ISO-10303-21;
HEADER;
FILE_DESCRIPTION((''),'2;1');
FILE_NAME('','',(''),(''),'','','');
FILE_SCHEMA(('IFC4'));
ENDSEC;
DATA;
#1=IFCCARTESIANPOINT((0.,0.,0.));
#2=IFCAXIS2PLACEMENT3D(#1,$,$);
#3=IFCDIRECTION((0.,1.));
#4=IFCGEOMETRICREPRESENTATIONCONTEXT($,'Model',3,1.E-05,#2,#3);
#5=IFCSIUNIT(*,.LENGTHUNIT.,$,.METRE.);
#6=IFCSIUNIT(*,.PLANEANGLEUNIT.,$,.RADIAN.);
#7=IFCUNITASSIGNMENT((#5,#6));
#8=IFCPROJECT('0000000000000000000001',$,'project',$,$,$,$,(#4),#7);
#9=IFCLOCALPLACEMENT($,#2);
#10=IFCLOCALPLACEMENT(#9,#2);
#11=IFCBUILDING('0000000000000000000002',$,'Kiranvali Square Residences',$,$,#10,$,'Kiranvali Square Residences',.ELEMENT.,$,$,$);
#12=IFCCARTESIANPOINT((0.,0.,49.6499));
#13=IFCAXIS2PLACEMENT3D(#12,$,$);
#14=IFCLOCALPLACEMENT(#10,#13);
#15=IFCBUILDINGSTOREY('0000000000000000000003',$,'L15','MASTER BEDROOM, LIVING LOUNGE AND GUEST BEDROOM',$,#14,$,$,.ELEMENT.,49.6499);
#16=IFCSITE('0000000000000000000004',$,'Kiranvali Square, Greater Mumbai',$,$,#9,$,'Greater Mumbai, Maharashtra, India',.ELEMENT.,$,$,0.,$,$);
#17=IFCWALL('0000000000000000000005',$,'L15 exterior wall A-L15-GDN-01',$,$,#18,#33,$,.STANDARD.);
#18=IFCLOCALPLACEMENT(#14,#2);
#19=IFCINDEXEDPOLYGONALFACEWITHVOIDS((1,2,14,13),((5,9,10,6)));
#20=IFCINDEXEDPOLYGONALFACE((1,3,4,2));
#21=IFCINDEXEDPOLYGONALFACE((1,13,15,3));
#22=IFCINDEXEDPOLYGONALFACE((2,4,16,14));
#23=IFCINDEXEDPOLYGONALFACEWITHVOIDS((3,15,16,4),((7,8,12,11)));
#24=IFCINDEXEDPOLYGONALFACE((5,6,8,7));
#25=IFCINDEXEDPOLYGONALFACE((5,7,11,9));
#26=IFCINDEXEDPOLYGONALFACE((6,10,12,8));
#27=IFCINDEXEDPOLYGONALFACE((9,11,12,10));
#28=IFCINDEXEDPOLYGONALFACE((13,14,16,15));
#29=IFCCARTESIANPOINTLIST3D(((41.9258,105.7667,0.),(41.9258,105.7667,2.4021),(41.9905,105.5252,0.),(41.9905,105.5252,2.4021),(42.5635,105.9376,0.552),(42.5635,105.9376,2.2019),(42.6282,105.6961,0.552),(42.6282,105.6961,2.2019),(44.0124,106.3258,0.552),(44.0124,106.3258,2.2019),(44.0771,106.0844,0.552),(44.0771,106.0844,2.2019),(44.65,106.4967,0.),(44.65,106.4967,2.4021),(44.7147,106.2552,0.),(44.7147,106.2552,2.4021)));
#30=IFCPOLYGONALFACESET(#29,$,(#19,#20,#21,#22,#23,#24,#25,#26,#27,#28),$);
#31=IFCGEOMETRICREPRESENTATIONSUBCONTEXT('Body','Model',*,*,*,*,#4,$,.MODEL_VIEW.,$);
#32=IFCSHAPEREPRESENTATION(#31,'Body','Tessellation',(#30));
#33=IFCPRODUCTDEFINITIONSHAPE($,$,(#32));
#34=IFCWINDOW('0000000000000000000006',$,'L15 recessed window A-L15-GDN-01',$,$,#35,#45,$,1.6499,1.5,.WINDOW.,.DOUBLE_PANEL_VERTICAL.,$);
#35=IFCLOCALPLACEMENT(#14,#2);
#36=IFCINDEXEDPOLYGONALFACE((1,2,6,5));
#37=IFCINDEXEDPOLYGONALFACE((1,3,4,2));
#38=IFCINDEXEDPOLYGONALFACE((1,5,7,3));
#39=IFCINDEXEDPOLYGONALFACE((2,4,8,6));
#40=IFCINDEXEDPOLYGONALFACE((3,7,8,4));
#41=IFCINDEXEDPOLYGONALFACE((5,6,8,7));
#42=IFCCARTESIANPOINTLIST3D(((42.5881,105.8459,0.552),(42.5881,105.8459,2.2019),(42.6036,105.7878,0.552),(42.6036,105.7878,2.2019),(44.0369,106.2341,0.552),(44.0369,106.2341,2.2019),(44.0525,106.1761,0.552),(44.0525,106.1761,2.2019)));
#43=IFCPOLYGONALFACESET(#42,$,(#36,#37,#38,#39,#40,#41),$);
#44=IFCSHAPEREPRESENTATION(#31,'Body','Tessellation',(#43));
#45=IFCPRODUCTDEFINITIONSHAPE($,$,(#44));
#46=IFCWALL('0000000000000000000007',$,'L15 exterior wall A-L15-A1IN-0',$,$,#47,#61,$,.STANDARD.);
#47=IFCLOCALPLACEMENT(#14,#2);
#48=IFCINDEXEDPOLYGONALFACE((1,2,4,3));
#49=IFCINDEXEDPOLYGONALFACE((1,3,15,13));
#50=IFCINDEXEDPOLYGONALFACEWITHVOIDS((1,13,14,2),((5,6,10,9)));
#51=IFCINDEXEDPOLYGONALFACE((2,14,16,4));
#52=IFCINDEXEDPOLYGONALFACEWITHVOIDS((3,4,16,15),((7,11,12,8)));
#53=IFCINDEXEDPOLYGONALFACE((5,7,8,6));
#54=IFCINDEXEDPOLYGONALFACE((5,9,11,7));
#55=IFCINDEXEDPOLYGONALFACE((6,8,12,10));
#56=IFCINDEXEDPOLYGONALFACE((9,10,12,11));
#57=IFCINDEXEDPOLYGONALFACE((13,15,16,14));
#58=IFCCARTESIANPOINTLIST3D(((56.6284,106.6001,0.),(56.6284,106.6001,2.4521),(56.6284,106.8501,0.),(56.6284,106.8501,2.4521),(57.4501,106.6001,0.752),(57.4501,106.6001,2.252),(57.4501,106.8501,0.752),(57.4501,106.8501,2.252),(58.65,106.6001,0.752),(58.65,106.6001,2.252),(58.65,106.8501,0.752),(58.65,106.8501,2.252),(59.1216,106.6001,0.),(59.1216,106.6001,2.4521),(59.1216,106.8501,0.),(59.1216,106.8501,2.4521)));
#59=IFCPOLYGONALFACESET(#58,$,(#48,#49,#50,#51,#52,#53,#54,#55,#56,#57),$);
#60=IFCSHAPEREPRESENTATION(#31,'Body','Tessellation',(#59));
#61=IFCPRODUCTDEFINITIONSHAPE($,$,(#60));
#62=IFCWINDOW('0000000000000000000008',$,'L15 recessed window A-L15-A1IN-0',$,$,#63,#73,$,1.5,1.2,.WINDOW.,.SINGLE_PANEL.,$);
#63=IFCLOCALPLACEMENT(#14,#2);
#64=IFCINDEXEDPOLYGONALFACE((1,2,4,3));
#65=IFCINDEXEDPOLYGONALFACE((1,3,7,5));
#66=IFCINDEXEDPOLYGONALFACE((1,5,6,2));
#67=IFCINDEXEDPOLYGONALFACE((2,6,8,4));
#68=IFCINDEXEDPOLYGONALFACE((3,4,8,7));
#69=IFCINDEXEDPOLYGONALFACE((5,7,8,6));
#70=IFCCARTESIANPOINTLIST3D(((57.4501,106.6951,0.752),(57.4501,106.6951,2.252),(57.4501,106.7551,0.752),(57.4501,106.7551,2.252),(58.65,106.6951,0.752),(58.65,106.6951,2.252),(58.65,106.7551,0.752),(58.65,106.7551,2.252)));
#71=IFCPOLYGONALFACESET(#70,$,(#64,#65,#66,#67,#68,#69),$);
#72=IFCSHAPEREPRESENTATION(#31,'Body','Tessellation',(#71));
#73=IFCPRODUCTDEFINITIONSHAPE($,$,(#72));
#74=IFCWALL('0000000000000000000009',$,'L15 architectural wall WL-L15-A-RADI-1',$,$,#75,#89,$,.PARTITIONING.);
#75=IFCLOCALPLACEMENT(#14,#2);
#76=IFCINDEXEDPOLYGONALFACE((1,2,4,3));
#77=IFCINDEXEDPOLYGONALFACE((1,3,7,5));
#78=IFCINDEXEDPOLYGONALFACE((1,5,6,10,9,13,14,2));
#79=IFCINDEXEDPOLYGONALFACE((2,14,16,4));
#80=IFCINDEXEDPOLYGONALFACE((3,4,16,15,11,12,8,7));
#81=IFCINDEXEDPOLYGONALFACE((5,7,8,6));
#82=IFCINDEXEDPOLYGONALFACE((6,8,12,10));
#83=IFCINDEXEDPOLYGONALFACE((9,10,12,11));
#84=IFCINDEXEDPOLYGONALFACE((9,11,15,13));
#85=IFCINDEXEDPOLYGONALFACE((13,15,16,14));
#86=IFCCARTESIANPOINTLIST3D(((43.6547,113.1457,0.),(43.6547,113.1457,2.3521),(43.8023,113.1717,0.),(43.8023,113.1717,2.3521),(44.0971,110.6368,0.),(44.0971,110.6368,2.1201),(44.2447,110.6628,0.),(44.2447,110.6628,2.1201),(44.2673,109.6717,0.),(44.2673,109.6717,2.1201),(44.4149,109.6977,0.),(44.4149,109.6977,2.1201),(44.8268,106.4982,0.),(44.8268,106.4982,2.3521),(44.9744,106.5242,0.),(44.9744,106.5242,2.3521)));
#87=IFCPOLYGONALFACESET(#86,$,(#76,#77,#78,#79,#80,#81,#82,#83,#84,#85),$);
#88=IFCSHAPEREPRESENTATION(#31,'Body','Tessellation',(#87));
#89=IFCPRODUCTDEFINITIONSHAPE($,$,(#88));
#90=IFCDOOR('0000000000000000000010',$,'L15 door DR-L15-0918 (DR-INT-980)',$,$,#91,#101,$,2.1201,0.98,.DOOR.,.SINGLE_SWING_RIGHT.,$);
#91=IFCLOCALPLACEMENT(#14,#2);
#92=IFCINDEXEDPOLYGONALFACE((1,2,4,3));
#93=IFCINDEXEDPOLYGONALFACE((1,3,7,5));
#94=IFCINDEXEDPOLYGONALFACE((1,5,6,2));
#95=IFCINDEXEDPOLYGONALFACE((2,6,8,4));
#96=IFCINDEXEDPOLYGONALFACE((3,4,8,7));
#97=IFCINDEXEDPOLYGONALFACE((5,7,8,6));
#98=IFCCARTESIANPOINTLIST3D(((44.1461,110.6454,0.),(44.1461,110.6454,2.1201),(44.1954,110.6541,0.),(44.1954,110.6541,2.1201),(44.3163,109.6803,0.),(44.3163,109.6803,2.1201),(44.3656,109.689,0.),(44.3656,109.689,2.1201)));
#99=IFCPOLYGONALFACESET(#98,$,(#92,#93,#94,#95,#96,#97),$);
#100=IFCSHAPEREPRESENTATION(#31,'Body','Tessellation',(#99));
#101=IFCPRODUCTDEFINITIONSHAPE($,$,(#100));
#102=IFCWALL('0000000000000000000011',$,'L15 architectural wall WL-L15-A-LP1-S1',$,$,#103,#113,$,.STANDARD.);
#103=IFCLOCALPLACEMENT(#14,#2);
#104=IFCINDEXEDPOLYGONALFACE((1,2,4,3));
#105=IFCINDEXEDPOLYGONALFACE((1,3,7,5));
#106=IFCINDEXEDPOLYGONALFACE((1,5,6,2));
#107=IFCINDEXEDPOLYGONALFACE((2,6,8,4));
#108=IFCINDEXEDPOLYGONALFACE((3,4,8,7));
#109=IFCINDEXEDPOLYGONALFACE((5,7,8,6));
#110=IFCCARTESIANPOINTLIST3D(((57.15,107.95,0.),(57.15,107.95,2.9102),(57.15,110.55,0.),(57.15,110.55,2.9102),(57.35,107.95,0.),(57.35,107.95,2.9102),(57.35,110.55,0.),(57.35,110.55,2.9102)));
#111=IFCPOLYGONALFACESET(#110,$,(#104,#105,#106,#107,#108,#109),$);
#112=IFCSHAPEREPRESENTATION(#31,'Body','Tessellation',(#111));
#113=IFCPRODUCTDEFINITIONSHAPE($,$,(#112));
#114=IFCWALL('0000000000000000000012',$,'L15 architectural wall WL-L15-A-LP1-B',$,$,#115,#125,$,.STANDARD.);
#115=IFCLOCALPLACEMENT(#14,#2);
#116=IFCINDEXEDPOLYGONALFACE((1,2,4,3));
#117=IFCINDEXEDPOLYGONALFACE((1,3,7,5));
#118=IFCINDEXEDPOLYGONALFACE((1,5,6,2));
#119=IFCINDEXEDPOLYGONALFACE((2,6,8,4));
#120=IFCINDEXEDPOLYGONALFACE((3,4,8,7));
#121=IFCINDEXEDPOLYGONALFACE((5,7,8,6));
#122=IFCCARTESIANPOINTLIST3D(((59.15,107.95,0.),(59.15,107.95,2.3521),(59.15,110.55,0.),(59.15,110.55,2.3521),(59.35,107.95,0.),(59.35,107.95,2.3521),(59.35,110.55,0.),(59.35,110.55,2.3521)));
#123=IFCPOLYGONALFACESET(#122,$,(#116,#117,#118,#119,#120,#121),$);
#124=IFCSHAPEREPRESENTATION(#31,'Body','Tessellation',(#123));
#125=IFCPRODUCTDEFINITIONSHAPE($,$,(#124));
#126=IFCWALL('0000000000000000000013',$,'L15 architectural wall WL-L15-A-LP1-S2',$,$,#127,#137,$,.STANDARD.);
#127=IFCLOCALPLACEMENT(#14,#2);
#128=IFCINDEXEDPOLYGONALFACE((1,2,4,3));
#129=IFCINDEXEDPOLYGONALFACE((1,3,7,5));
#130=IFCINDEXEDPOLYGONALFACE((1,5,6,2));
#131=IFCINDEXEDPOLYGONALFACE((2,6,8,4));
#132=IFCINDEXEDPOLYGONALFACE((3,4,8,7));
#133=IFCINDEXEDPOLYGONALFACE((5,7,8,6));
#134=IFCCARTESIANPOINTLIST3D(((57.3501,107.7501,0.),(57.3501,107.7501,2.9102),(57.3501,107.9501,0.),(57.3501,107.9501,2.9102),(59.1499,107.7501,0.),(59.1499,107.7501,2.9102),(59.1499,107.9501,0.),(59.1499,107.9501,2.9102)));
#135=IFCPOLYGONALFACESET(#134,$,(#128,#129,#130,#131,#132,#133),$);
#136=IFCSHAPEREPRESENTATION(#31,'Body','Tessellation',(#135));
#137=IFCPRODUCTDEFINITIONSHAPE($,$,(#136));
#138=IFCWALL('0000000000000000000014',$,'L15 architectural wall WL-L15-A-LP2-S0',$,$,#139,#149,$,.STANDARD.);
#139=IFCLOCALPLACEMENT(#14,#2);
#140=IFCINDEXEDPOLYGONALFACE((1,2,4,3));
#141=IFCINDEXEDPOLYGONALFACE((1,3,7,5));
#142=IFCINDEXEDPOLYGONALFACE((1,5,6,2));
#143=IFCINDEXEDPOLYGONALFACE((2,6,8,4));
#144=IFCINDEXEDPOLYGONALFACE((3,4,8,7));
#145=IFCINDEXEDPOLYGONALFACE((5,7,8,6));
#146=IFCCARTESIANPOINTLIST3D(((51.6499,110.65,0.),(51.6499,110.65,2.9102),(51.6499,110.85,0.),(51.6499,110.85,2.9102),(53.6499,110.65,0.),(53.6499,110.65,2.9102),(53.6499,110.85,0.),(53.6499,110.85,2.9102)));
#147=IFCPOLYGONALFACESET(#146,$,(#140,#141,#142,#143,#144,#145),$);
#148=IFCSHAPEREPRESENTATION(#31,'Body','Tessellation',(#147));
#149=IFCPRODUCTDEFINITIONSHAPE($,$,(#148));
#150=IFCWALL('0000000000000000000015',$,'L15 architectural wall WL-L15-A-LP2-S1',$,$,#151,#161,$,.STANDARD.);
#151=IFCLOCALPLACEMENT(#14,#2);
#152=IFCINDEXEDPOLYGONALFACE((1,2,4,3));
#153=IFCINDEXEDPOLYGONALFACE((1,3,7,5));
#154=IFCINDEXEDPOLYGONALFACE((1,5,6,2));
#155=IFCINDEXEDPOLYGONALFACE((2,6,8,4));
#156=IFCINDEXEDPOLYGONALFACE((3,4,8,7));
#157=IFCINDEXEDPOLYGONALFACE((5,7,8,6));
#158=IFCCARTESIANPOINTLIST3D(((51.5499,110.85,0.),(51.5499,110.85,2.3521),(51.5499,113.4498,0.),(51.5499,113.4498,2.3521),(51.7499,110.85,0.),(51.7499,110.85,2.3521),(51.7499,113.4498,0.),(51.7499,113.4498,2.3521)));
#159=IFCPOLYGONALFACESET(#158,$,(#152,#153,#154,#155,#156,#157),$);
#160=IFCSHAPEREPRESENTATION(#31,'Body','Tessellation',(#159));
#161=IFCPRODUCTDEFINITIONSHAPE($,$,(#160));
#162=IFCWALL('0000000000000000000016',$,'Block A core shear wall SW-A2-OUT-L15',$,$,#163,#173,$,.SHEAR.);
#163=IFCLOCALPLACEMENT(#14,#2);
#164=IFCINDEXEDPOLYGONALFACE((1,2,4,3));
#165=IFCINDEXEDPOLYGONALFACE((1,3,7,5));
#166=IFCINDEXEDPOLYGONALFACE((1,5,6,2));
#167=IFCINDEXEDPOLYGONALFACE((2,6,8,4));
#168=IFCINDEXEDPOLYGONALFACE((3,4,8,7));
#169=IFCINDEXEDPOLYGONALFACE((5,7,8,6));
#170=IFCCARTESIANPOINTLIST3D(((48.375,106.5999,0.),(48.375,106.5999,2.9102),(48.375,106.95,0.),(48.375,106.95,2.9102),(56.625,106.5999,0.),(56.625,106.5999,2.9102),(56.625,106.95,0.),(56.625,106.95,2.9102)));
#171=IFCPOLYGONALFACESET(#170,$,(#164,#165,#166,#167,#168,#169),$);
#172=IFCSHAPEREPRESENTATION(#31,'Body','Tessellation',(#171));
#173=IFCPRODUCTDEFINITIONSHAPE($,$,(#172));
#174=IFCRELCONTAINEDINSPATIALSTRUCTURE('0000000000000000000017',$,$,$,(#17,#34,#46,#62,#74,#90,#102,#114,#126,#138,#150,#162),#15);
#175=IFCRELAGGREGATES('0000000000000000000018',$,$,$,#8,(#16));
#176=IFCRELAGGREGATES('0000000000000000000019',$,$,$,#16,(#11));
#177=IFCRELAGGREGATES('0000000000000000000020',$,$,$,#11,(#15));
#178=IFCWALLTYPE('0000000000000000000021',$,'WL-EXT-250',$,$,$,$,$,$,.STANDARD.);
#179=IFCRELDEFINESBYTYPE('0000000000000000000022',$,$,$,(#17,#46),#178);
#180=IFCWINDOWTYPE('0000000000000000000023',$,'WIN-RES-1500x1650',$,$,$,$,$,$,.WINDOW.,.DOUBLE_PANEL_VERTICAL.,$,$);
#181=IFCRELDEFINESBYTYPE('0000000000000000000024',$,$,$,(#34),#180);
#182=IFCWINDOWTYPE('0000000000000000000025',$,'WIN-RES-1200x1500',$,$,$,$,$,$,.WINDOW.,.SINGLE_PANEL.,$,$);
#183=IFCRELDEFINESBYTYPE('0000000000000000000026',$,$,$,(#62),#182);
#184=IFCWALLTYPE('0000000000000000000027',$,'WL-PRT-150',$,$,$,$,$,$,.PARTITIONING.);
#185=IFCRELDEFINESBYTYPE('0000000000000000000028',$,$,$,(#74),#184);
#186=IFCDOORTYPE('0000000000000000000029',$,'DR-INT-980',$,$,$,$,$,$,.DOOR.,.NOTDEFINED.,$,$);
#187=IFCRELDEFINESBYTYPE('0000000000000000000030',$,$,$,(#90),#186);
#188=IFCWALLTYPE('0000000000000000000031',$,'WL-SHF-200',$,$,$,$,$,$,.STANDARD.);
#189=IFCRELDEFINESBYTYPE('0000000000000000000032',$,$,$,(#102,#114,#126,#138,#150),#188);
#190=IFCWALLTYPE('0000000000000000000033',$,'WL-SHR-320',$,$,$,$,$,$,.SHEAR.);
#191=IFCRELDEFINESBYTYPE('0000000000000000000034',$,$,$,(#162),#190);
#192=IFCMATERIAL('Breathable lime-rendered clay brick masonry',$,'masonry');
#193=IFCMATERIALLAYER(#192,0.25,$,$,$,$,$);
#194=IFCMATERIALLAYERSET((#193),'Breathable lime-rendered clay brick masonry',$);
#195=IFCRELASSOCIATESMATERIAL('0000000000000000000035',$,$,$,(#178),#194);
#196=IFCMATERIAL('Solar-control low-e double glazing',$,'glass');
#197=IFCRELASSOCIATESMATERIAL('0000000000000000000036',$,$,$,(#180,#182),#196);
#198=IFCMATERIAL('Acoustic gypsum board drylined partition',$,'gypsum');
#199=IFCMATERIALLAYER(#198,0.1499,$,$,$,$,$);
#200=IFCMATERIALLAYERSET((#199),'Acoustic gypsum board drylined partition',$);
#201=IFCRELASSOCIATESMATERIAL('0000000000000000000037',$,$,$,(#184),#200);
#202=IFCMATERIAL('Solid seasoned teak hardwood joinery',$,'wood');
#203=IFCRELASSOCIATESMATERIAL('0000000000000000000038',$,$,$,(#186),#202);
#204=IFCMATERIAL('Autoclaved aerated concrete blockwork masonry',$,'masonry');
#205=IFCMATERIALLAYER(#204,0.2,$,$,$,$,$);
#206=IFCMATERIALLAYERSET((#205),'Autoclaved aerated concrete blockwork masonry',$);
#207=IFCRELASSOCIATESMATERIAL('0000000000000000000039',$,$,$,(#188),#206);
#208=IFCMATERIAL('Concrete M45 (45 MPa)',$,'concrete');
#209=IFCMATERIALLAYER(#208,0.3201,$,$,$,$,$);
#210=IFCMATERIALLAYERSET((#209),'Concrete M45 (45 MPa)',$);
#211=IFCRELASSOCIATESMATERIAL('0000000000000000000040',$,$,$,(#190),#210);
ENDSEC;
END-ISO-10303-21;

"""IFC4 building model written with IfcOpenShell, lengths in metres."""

from ifc_helpers import new_model, si_unit, direction, frame, frame_2d, origin, place, context, subcontext, project, spatial, rectangle, extrude, material, layer, layer_set, type_object, element, fill, save


model = new_model("IFC4")

# Units and contexts
model_context = context("Model", 3, precision=1e-05, world=origin(), true_north=direction((0.0, 1.0)))
body_context = subcontext(model_context, "Body", "Model", "MODEL_VIEW")
ifc_project = project(units=[si_unit("LENGTHUNIT", "METRE"), si_unit("PLANEANGLEUNIT", "RADIAN")], contexts=[model_context])

# Site, building, storey
site_placement = place(None, origin())
site = spatial("IfcSite", under=ifc_project, at=site_placement, Name="Kiranvali Square, Greater Mumbai", LongName="Greater Mumbai, Maharashtra, India", CompositionType="ELEMENT", RefElevation=0.0)
building_placement = place(site_placement, origin())
building = spatial("IfcBuilding", under=site, at=building_placement, Name="Kiranvali Square Residences", LongName="Kiranvali Square Residences", CompositionType="ELEMENT")
storey_placement = place(building_placement, frame((0.0, 0.0, 49.6499)))
storey = spatial("IfcBuildingStorey", under=building, at=storey_placement, Name="L15", Description="MASTER BEDROOM, LIVING LOUNGE AND GUEST BEDROOM", CompositionType="ELEMENT", Elevation=49.6499)

# Shared definitions
ifc_material_1 = material(Name="Autoclaved aerated concrete blockwork masonry", Category="masonry")

# Walls, openings, windows
ifc_material_2 = material(Name="Breathable lime-rendered clay brick masonry", Category="masonry")
ifc_layer_1 = layer(ifc_material_2, 0.25)
ifc_layer_set_1 = layer_set([ifc_layer_1], Name="Breathable lime-rendered clay brick masonry")
wall_type_1 = type_object("IfcWallType", Name="WL-EXT-250", PredefinedType="STANDARD", material=ifc_layer_set_1)
ifc_material_3 = material(Name="Solar-control low-e double glazing", Category="glass")
wall_1_placement = place(storey_placement, frame((44.6824, 106.376, 0.0), z_axis=(0.0, 0.0, 1.0), x_axis=(-0.965921, -0.258837, 0.0)))
wall_1 = element("IfcWall", 1, at=wall_1_placement, inside=storey, type_object=wall_type_1, Name="L15 exterior wall A-L15-GDN-01", PredefinedType="STANDARD", context=body_context, shape_type="SweptSolid", body=[
    extrude(rectangle(XDim=2.8203, YDim=0.25, at=frame_2d((1.4102, 0.0))), origin(), (0.0, 0.0, 1.0), 2.4021),
])
opening_1_placement = place(wall_1_placement, frame((0.6602, 0.0, 0.552)))
opening_1 = element("IfcOpeningElement", 2, at=opening_1_placement, cuts=wall_1, PredefinedType="OPENING", context=body_context, shape_type="SweptSolid", body=[
    extrude(rectangle(XDim=1.5, YDim=1.6499, at=frame_2d((0.75, 0.825))), frame((0.0, 0.135, 0.0), z_axis=(0.0, -1.0, 0.0), x_axis=(1.0, 0.0, 0.0)), (0.0, 0.0, 1.0), 0.27),
])
window_type_1 = type_object("IfcWindowType", Name="WIN-RES-1500x1650", PartitioningType="DOUBLE_PANEL_VERTICAL", PredefinedType="WINDOW", material=ifc_material_3)
window_1_placement = place(opening_1_placement, origin())
window_1 = element("IfcWindow", 3, at=window_1_placement, inside=storey, type_object=window_type_1, Name="L15 recessed window A-L15-GDN-01", OverallHeight=1.6499, OverallWidth=1.5, PartitioningType="DOUBLE_PANEL_VERTICAL", PredefinedType="WINDOW", context=body_context, shape_type="SweptSolid", body=[
    extrude(rectangle(XDim=1.5, YDim=1.6499, at=frame_2d((0.75, 0.825))), frame((0.0, 0.03, 0.0), z_axis=(0.0, -1.0, 0.0), x_axis=(1.0, 0.0, 0.0)), (0.0, 0.0, 1.0), 0.0601),
])
fill(opening_1, window_1)
wall_2_placement = place(storey_placement, frame((56.6284, 106.7251, 0.0), z_axis=(0.0, 0.0, 1.0), x_axis=(1.0, 0.0, 0.0)))
wall_2 = element("IfcWall", 4, at=wall_2_placement, inside=storey, type_object=wall_type_1, Name="L15 exterior wall A-L15-A1IN-0", PredefinedType="STANDARD", context=body_context, shape_type="SweptSolid", body=[
    extrude(rectangle(XDim=2.4932, YDim=0.25, at=frame_2d((1.2466, 0.0))), origin(), (0.0, 0.0, 1.0), 2.4521),
])
opening_2_placement = place(wall_2_placement, frame((0.8215, 0.0, 0.752)))
opening_2 = element("IfcOpeningElement", 5, at=opening_2_placement, cuts=wall_2, PredefinedType="OPENING", context=body_context, shape_type="SweptSolid", body=[
    extrude(rectangle(XDim=1.2, YDim=1.5, at=frame_2d((0.6001, 0.75))), frame((0.0, 0.135, 0.0), z_axis=(0.0, -1.0, 0.0), x_axis=(1.0, 0.0, 0.0)), (0.0, 0.0, 1.0), 0.27),
])
window_type_2 = type_object("IfcWindowType", Name="WIN-RES-1200x1500", PartitioningType="SINGLE_PANEL", PredefinedType="WINDOW", material=ifc_material_3)
window_2_placement = place(opening_2_placement, origin())
window_2 = element("IfcWindow", 6, at=window_2_placement, inside=storey, type_object=window_type_2, Name="L15 recessed window A-L15-A1IN-0", OverallHeight=1.5, OverallWidth=1.2, PartitioningType="SINGLE_PANEL", PredefinedType="WINDOW", context=body_context, shape_type="SweptSolid", body=[
    extrude(rectangle(XDim=1.2, YDim=1.5, at=frame_2d((0.6001, 0.75))), frame((0.0, 0.03, 0.0), z_axis=(0.0, -1.0, 0.0), x_axis=(1.0, 0.0, 0.0)), (0.0, 0.0, 1.0), 0.0601),
])
fill(opening_2, window_2)

# Wall, opening, door
ifc_material_4 = material(Name="Acoustic gypsum board drylined partition", Category="gypsum")
ifc_layer_2 = layer(ifc_material_4, 0.1499)
ifc_layer_set_2 = layer_set([ifc_layer_2], Name="Acoustic gypsum board drylined partition")
wall_type_2 = type_object("IfcWallType", Name="WL-PRT-150", PredefinedType="PARTITIONING", material=ifc_layer_set_2)
wall_3_placement = place(storey_placement, frame((44.9006, 106.5112, 0.0), z_axis=(0.0, 0.0, 1.0), x_axis=(-0.173647, 0.984808, 0.0)))
wall_3 = element("IfcWall", 7, at=wall_3_placement, inside=storey, type_object=wall_type_2, Name="L15 architectural wall WL-L15-A-RADI-1", PredefinedType="PARTITIONING", context=body_context, shape_type="SweptSolid", body=[
    extrude(rectangle(XDim=6.75, YDim=0.1499, at=frame_2d((3.375, 0.0))), origin(), (0.0, 0.0, 1.0), 2.3521),
])
opening_3_placement = place(wall_3_placement, frame((3.2224, 0.0, 0.0)))
opening_3 = element("IfcOpeningElement", 8, at=opening_3_placement, cuts=wall_3, PredefinedType="OPENING", context=body_context, shape_type="SweptSolid", body=[
    extrude(rectangle(XDim=0.98, YDim=2.1201, at=frame_2d((0.49, 1.0601))), frame((0.0, 0.085, 0.0), z_axis=(0.0, -1.0, 0.0), x_axis=(1.0, 0.0, 0.0)), (0.0, 0.0, 1.0), 0.1699),
])
ifc_material_5 = material(Name="Solid seasoned teak hardwood joinery", Category="wood")
door_type_1 = type_object("IfcDoorType", Name="DR-INT-980", OperationType="NOTDEFINED", PredefinedType="DOOR", material=ifc_material_5)
door_1_placement = place(opening_3_placement, frame((0.98, 0.0, 0.0), z_axis=(0.0, 0.0, 1.0), x_axis=(-1.0, 0.0, 0.0)))
door_1 = element("IfcDoor", 9, at=door_1_placement, inside=storey, type_object=door_type_1, Name="L15 door DR-L15-0918 (DR-INT-980)", OperationType="SINGLE_SWING_RIGHT", OverallHeight=2.1201, OverallWidth=0.98, PredefinedType="DOOR", context=body_context, shape_type="SweptSolid", body=[
    extrude(rectangle(XDim=0.98, YDim=2.1201, at=frame_2d((0.49, 1.0601))), frame((0.0, 0.0249, 0.0), z_axis=(0.0, -1.0, 0.0), x_axis=(1.0, 0.0, 0.0)), (0.0, 0.0, 1.0), 0.05),
])
fill(opening_3, door_1)

# Walls
ifc_layer_3 = layer(ifc_material_1, 0.2)
ifc_layer_set_3 = layer_set([ifc_layer_3], Name="Autoclaved aerated concrete blockwork masonry")
wall_type_3 = type_object("IfcWallType", Name="WL-SHF-200", PredefinedType="STANDARD", material=ifc_layer_set_3)
wall_4_placement = place(storey_placement, frame((57.25, 107.95, 0.0), z_axis=(0.0, 0.0, 1.0), x_axis=(0.0, 1.0, 0.0)))
element("IfcWall", 10, at=wall_4_placement, inside=storey, type_object=wall_type_3, Name="L15 architectural wall WL-L15-A-LP1-S1", PredefinedType="STANDARD", context=body_context, shape_type="SweptSolid", body=[
    extrude(rectangle(XDim=2.6001, YDim=0.2, at=frame_2d((1.3, 0.0))), origin(), (0.0, 0.0, 1.0), 2.9102),
])
wall_5_placement = place(storey_placement, frame((59.25, 107.95, 0.0), z_axis=(0.0, 0.0, 1.0), x_axis=(0.0, 1.0, 0.0)))
element("IfcWall", 11, at=wall_5_placement, inside=storey, type_object=wall_type_3, Name="L15 architectural wall WL-L15-A-LP1-B", PredefinedType="STANDARD", context=body_context, shape_type="SweptSolid", body=[
    extrude(rectangle(XDim=2.6001, YDim=0.2, at=frame_2d((1.3, 0.0))), origin(), (0.0, 0.0, 1.0), 2.3521),
])
wall_6_placement = place(storey_placement, frame((57.3501, 107.8501, 0.0), z_axis=(0.0, 0.0, 1.0), x_axis=(1.0, 0.0, 0.0)))
element("IfcWall", 12, at=wall_6_placement, inside=storey, type_object=wall_type_3, Name="L15 architectural wall WL-L15-A-LP1-S2", PredefinedType="STANDARD", context=body_context, shape_type="SweptSolid", body=[
    extrude(rectangle(XDim=1.7998, YDim=0.2, at=frame_2d((0.8999, 0.0))), origin(), (0.0, 0.0, 1.0), 2.9102),
])

# Walls
wall_7_placement = place(storey_placement, frame((51.6499, 110.75, 0.0), z_axis=(0.0, 0.0, 1.0), x_axis=(1.0, 0.0, 0.0)))
element("IfcWall", 13, at=wall_7_placement, inside=storey, type_object=wall_type_3, Name="L15 architectural wall WL-L15-A-LP2-S0", PredefinedType="STANDARD", context=body_context, shape_type="SweptSolid", body=[
    extrude(rectangle(XDim=2.0, YDim=0.2, at=frame_2d((1.0, 0.0))), origin(), (0.0, 0.0, 1.0), 2.9102),
])
wall_8_placement = place(storey_placement, frame((51.6499, 110.8501, 0.0), z_axis=(0.0, 0.0, 1.0), x_axis=(0.0, 1.0, 0.0)))
element("IfcWall", 14, at=wall_8_placement, inside=storey, type_object=wall_type_3, Name="L15 architectural wall WL-L15-A-LP2-S1", PredefinedType="STANDARD", context=body_context, shape_type="SweptSolid", body=[
    extrude(rectangle(XDim=2.5999, YDim=0.2, at=frame_2d((1.2998, 0.0))), origin(), (0.0, 0.0, 1.0), 2.3521),
])

# Wall
ifc_material_6 = material(Name="Concrete M45 (45 MPa)", Category="concrete")
ifc_layer_4 = layer(ifc_material_6, 0.3201)
ifc_layer_set_4 = layer_set([ifc_layer_4], Name="Concrete M45 (45 MPa)")
wall_type_4 = type_object("IfcWallType", Name="WL-SHR-320", PredefinedType="SHEAR", material=ifc_layer_set_4)
wall_9_placement = place(storey_placement, frame((48.375, 106.7749, 0.0), z_axis=(0.0, 0.0, 1.0), x_axis=(1.0, 0.0, 0.0)))
element("IfcWall", 15, at=wall_9_placement, inside=storey, type_object=wall_type_4, Name="Block A core shear wall SW-A2-OUT-L15", PredefinedType="SHEAR", context=body_context, shape_type="SweptSolid", body=[
    extrude(rectangle(XDim=8.25, YDim=0.3501, at=frame_2d((4.125, 0.0))), origin(), (0.0, 0.0, 1.0), 2.9102),
])

save(model, "model.ifc")
